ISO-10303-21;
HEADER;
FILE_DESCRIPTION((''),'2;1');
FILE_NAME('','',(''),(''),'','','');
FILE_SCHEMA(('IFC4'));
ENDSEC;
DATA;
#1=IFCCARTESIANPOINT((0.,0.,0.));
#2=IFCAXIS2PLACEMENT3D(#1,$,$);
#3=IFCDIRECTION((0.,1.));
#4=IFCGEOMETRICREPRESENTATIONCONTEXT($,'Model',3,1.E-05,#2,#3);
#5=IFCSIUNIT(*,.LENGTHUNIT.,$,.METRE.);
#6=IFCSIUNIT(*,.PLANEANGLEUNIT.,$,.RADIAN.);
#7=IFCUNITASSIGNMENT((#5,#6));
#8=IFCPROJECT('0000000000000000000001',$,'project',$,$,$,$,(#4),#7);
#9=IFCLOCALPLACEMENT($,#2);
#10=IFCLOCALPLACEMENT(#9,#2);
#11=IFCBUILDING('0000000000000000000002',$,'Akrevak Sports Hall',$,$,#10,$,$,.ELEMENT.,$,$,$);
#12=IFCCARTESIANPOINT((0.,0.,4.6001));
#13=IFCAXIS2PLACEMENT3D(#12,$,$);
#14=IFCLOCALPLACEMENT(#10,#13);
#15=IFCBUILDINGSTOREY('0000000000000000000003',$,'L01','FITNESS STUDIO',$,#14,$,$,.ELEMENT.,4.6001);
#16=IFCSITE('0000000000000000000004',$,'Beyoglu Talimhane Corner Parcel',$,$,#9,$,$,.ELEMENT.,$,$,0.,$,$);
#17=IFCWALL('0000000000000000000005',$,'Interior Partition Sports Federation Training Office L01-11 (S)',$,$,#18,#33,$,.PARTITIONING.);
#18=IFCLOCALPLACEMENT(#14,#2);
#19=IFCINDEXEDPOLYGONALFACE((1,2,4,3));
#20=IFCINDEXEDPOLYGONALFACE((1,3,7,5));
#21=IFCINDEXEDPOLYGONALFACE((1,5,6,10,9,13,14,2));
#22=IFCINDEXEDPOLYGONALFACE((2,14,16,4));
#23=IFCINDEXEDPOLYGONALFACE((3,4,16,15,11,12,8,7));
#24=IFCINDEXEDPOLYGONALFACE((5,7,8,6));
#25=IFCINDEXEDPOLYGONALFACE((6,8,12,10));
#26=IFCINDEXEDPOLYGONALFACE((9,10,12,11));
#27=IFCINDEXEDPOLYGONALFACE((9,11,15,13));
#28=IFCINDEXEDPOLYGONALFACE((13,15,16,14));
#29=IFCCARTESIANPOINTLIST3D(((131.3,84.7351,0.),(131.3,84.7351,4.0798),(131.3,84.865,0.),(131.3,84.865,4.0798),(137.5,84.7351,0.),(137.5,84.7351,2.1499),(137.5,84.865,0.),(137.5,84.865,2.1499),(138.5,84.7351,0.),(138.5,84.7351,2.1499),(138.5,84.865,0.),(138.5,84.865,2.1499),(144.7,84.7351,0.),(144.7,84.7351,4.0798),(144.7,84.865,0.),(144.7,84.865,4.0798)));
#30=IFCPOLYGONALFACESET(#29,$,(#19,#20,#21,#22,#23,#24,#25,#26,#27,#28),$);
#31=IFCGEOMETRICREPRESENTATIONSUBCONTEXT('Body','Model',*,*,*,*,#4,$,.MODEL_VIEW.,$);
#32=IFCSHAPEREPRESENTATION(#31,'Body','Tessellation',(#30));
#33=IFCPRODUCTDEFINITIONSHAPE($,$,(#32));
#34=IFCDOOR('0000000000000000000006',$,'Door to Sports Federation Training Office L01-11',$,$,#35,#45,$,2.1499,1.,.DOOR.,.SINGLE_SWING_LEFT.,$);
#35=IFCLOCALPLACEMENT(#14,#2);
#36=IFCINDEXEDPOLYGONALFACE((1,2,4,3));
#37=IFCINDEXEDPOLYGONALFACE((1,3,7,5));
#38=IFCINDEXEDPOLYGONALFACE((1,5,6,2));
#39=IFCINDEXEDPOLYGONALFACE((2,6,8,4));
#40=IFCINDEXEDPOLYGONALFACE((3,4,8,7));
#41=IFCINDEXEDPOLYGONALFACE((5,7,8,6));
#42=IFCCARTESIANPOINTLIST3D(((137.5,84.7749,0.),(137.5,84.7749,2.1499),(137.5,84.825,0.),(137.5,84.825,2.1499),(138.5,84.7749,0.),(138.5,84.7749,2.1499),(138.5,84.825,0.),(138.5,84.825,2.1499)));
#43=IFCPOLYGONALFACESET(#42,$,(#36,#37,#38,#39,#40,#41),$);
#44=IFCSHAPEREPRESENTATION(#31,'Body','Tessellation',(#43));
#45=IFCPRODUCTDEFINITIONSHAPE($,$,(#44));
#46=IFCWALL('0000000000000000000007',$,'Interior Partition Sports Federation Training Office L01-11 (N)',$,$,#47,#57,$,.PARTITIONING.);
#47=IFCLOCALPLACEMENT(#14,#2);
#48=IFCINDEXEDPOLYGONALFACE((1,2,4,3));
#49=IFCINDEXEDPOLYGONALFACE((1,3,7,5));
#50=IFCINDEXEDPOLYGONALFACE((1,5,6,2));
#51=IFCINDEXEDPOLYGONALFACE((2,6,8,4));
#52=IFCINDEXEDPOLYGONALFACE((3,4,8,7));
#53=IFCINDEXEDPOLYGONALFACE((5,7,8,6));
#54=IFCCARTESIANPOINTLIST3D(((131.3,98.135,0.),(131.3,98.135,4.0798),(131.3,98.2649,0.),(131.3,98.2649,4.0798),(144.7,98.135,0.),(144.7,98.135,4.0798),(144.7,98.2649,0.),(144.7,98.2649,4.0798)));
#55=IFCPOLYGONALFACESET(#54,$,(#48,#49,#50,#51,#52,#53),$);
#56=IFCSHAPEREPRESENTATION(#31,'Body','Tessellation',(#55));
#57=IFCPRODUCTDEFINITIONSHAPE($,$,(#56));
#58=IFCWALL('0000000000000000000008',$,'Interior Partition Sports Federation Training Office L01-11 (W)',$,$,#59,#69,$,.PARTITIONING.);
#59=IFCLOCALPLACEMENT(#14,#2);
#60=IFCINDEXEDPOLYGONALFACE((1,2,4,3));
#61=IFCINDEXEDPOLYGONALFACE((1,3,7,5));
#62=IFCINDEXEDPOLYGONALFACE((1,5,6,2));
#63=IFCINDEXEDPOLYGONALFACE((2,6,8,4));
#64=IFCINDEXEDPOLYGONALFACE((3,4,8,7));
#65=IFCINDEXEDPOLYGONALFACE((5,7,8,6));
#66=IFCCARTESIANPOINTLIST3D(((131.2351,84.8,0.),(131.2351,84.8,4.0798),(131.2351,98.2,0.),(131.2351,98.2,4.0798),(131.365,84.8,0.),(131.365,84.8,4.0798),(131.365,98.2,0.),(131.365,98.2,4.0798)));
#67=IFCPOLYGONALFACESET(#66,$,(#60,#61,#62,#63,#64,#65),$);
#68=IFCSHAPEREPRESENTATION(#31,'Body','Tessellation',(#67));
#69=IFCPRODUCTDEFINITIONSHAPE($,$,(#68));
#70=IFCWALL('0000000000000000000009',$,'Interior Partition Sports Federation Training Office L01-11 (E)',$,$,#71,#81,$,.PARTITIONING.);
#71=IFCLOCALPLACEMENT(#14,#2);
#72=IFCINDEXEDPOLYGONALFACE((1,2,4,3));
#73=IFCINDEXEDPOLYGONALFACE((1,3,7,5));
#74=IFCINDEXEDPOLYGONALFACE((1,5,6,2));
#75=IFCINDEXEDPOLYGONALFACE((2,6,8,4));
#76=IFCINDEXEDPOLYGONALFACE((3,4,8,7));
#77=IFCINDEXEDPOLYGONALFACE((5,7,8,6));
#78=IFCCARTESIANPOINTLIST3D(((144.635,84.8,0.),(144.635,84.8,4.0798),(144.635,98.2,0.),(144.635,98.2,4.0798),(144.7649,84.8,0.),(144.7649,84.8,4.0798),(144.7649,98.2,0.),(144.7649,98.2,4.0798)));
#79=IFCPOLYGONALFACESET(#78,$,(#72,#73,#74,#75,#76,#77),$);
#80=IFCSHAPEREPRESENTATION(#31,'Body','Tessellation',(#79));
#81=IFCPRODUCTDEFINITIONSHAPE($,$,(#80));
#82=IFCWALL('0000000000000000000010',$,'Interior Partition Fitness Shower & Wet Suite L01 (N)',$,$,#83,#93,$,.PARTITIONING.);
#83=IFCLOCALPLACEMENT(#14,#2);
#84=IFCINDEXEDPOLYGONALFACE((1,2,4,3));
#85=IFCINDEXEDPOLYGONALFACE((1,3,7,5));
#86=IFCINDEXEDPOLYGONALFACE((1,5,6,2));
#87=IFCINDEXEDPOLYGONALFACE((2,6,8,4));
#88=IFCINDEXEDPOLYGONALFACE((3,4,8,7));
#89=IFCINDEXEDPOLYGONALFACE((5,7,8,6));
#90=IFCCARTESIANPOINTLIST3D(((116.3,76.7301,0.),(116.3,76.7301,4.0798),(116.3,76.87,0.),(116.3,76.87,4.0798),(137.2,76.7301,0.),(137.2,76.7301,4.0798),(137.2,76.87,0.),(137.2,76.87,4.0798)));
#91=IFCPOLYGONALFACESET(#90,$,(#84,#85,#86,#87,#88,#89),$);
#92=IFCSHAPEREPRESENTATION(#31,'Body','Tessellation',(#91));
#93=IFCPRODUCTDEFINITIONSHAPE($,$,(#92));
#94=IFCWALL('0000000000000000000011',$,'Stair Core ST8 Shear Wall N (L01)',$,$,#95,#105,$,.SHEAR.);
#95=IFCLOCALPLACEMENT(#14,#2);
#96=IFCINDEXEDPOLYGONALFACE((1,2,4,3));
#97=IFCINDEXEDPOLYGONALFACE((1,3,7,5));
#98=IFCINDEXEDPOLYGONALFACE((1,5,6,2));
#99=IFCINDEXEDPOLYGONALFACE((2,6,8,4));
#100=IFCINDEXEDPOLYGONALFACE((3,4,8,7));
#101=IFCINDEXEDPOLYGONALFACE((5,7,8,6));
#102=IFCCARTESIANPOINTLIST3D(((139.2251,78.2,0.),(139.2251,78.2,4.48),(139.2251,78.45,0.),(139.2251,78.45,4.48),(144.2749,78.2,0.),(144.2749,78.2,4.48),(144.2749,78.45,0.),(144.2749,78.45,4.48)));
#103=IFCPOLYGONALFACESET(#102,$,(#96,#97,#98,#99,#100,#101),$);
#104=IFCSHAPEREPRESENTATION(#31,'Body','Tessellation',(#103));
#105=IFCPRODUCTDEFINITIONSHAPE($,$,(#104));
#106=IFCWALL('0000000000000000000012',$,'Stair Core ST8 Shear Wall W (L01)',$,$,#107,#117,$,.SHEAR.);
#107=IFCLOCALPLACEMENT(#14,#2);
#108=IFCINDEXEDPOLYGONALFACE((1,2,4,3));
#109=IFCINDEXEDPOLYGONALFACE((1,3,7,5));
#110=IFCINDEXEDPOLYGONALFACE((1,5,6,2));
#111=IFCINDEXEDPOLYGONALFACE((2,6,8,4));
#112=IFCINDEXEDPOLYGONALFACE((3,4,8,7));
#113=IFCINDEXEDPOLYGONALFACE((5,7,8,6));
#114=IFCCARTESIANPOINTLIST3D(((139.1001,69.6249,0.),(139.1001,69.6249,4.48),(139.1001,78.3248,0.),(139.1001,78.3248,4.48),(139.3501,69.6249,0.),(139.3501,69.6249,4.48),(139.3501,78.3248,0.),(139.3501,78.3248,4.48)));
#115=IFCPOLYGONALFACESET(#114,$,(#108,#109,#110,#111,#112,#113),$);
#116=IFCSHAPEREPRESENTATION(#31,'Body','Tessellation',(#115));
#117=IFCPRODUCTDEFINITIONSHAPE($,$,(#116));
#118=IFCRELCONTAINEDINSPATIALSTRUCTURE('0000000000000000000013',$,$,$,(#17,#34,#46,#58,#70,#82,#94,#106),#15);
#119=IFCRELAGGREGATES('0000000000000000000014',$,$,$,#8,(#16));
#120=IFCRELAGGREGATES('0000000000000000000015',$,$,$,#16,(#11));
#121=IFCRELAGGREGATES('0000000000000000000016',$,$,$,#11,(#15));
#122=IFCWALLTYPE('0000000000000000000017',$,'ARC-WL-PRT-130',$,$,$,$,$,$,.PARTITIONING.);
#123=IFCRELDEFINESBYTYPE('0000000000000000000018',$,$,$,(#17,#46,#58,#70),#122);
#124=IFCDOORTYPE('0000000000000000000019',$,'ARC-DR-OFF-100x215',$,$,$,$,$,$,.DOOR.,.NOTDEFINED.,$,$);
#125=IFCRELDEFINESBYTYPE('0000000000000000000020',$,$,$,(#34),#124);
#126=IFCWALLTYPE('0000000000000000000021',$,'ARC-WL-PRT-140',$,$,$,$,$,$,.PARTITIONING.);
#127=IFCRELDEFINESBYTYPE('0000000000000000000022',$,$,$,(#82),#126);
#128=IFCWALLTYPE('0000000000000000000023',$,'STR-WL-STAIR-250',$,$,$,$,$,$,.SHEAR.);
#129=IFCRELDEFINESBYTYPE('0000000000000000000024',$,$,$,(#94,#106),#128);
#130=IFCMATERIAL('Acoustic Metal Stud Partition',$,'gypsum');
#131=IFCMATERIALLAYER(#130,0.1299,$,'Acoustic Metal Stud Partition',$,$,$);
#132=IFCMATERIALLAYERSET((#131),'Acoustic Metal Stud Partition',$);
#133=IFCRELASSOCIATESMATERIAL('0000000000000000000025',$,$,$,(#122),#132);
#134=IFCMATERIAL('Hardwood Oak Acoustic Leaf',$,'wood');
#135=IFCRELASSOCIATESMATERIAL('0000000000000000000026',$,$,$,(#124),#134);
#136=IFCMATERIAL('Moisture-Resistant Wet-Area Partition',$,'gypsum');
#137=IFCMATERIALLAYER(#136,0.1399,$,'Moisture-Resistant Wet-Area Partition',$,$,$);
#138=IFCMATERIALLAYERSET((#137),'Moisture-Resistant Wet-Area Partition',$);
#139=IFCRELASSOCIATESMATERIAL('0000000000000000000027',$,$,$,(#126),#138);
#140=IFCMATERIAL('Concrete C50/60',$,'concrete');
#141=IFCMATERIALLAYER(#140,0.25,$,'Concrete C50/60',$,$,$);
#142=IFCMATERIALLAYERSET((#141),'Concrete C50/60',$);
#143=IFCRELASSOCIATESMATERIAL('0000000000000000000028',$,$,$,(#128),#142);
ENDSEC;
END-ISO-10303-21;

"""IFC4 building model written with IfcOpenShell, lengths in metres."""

from ifc_helpers import new_model, si_unit, direction, frame, frame_2d, origin, place, context, subcontext, project, spatial, rectangle, extrude, material, layer, layer_set, type_object, element, fill, save


model = new_model("IFC4")

# Units and contexts
model_context = context("Model", 3, precision=1e-05, world=origin(), true_north=direction((0.0, 1.0)))
body_context = subcontext(model_context, "Body", "Model", "MODEL_VIEW")
ifc_project = project(units=[si_unit("LENGTHUNIT", "METRE"), si_unit("PLANEANGLEUNIT", "RADIAN")], contexts=[model_context])

# Site, building, storey
site_placement = place(None, origin())
site = spatial("IfcSite", under=ifc_project, at=site_placement, Name="Beyoglu Talimhane Corner Parcel", CompositionType="ELEMENT", RefElevation=0.0)
building_placement = place(site_placement, origin())
building = spatial("IfcBuilding", under=site, at=building_placement, Name="Akrevak Sports Hall", CompositionType="ELEMENT")
storey_placement = place(building_placement, frame((0.0, 0.0, 4.6001)))
storey = spatial("IfcBuildingStorey", under=building, at=storey_placement, Name="L01", Description="FITNESS STUDIO", CompositionType="ELEMENT", Elevation=4.6001)

# Shared definitions
ifc_material_1 = material(Name="Concrete C50/60", Category="concrete")

# Wall, opening, door
ifc_material_2 = material(Name="Acoustic Metal Stud Partition", Category="gypsum")
ifc_layer_1 = layer(ifc_material_2, 0.1299, Name="Acoustic Metal Stud Partition")
ifc_layer_set_1 = layer_set([ifc_layer_1], Name="Acoustic Metal Stud Partition")
wall_type_1 = type_object("IfcWallType", Name="ARC-WL-PRT-130", PredefinedType="PARTITIONING", material=ifc_layer_set_1)
wall_1_placement = place(storey_placement, frame((131.3, 84.8, 0.0), z_axis=(0.0, 0.0, 1.0), x_axis=(1.0, 0.0, 0.0)))
wall_1 = element("IfcWall", 1, at=wall_1_placement, inside=storey, type_object=wall_type_1, Name="Interior Partition Sports Federation Training Office L01-11 (S)", PredefinedType="PARTITIONING", context=body_context, shape_type="SweptSolid", body=[
    extrude(rectangle(XDim=13.3999, YDim=0.1299, at=frame_2d((6.7, 0.0))), origin(), (0.0, 0.0, 1.0), 4.0798),
])
opening_1_placement = place(wall_1_placement, frame((6.2, 0.0, 0.0)))
opening_1 = element("IfcOpeningElement", 2, at=opening_1_placement, cuts=wall_1, PredefinedType="OPENING", context=body_context, shape_type="SweptSolid", body=[
    extrude(rectangle(XDim=1.0, YDim=2.1499, at=frame_2d((0.5, 1.075))), frame((0.0, 0.0769, 0.0), z_axis=(0.0, -1.0, 0.0), x_axis=(1.0, 0.0, 0.0)), (0.0, 0.0, 1.0), 0.1538),
])
ifc_material_3 = material(Name="Hardwood Oak Acoustic Leaf", Category="wood")
door_type_1 = type_object("IfcDoorType", Name="ARC-DR-OFF-100x215", OperationType="NOTDEFINED", PredefinedType="DOOR", material=ifc_material_3)
door_1_placement = place(opening_1_placement, origin())
door_1 = element("IfcDoor", 3, at=door_1_placement, inside=storey, type_object=door_type_1, Name="Door to Sports Federation Training Office L01-11", OperationType="SINGLE_SWING_LEFT", OverallHeight=2.1499, OverallWidth=1.0, PredefinedType="DOOR", context=body_context, shape_type="SweptSolid", body=[
    extrude(rectangle(XDim=1.0, YDim=2.1499, at=frame_2d((0.5, 1.075))), frame((0.0, 0.0249, 0.0), z_axis=(0.0, -1.0, 0.0), x_axis=(1.0, 0.0, 0.0)), (0.0, 0.0, 1.0), 0.05),
])
fill(opening_1, door_1)

# Walls
for number, where, z_axis, x_axis, name in (
    (4, (131.3, 98.2, 0.0), (0.0, 0.0, 1.0), (1.0, 0.0, 0.0), "Interior Partition Sports Federation Training Office L01-11 (N)"),
    (5, (131.3, 84.8, 0.0), (0.0, 0.0, 1.0), (0.0, 1.0, 0.0), "Interior Partition Sports Federation Training Office L01-11 (W)"),
    (6, (144.7, 84.8, 0.0), (0.0, 0.0, 1.0), (0.0, 1.0, 0.0), "Interior Partition Sports Federation Training Office L01-11 (E)"),
):
    element("IfcWall", number, at=place(storey_placement, frame(where, z_axis=z_axis, x_axis=x_axis)), inside=storey, type_object=wall_type_1, Name=name, PredefinedType="PARTITIONING", context=body_context, shape_type="SweptSolid", body=[
        extrude(rectangle(XDim=13.3999, YDim=0.1299, at=frame_2d((6.7, 0.0))), origin(), (0.0, 0.0, 1.0), 4.0798),
    ])
ifc_material_4 = material(Name="Moisture-Resistant Wet-Area Partition", Category="gypsum")
ifc_layer_2 = layer(ifc_material_4, 0.1399, Name="Moisture-Resistant Wet-Area Partition")
ifc_layer_set_2 = layer_set([ifc_layer_2], Name="Moisture-Resistant Wet-Area Partition")
wall_type_2 = type_object("IfcWallType", Name="ARC-WL-PRT-140", PredefinedType="PARTITIONING", material=ifc_layer_set_2)
wall_2_placement = place(storey_placement, frame((116.3, 76.8, 0.0), z_axis=(0.0, 0.0, 1.0), x_axis=(1.0, 0.0, 0.0)))
element("IfcWall", 7, at=wall_2_placement, inside=storey, type_object=wall_type_2, Name="Interior Partition Fitness Shower & Wet Suite L01 (N)", PredefinedType="PARTITIONING", context=body_context, shape_type="SweptSolid", body=[
    extrude(rectangle(XDim=20.8999, YDim=0.1399, at=frame_2d((10.45, 0.0))), origin(), (0.0, 0.0, 1.0), 4.0798),
])
ifc_layer_3 = layer(ifc_material_1, 0.25, Name="Concrete C50/60")
ifc_layer_set_3 = layer_set([ifc_layer_3], Name="Concrete C50/60")
wall_type_3 = type_object("IfcWallType", Name="STR-WL-STAIR-250", PredefinedType="SHEAR", material=ifc_layer_set_3)
wall_3_placement = place(storey_placement, frame((144.2749, 78.325, 0.0), z_axis=(0.0, 0.0, 1.0), x_axis=(-1.0, 0.0, 0.0)))
element("IfcWall", 8, at=wall_3_placement, inside=storey, type_object=wall_type_3, Name="Stair Core ST8 Shear Wall N (L01)", PredefinedType="SHEAR", context=body_context, shape_type="SweptSolid", body=[
    extrude(rectangle(XDim=5.0498, YDim=0.25, at=frame_2d((2.5249, 0.0))), origin(), (0.0, 0.0, 1.0), 4.48),
])
wall_4_placement = place(storey_placement, frame((139.2251, 78.325, 0.0), z_axis=(0.0, 0.0, 1.0), x_axis=(0.0, -1.0, 0.0)))
element("IfcWall", 9, at=wall_4_placement, inside=storey, type_object=wall_type_3, Name="Stair Core ST8 Shear Wall W (L01)", PredefinedType="SHEAR", context=body_context, shape_type="SweptSolid", body=[
    extrude(rectangle(XDim=8.7, YDim=0.25, at=frame_2d((4.3501, 0.0))), origin(), (0.0, 0.0, 1.0), 4.48),
])

save(model, "model.ifc")
